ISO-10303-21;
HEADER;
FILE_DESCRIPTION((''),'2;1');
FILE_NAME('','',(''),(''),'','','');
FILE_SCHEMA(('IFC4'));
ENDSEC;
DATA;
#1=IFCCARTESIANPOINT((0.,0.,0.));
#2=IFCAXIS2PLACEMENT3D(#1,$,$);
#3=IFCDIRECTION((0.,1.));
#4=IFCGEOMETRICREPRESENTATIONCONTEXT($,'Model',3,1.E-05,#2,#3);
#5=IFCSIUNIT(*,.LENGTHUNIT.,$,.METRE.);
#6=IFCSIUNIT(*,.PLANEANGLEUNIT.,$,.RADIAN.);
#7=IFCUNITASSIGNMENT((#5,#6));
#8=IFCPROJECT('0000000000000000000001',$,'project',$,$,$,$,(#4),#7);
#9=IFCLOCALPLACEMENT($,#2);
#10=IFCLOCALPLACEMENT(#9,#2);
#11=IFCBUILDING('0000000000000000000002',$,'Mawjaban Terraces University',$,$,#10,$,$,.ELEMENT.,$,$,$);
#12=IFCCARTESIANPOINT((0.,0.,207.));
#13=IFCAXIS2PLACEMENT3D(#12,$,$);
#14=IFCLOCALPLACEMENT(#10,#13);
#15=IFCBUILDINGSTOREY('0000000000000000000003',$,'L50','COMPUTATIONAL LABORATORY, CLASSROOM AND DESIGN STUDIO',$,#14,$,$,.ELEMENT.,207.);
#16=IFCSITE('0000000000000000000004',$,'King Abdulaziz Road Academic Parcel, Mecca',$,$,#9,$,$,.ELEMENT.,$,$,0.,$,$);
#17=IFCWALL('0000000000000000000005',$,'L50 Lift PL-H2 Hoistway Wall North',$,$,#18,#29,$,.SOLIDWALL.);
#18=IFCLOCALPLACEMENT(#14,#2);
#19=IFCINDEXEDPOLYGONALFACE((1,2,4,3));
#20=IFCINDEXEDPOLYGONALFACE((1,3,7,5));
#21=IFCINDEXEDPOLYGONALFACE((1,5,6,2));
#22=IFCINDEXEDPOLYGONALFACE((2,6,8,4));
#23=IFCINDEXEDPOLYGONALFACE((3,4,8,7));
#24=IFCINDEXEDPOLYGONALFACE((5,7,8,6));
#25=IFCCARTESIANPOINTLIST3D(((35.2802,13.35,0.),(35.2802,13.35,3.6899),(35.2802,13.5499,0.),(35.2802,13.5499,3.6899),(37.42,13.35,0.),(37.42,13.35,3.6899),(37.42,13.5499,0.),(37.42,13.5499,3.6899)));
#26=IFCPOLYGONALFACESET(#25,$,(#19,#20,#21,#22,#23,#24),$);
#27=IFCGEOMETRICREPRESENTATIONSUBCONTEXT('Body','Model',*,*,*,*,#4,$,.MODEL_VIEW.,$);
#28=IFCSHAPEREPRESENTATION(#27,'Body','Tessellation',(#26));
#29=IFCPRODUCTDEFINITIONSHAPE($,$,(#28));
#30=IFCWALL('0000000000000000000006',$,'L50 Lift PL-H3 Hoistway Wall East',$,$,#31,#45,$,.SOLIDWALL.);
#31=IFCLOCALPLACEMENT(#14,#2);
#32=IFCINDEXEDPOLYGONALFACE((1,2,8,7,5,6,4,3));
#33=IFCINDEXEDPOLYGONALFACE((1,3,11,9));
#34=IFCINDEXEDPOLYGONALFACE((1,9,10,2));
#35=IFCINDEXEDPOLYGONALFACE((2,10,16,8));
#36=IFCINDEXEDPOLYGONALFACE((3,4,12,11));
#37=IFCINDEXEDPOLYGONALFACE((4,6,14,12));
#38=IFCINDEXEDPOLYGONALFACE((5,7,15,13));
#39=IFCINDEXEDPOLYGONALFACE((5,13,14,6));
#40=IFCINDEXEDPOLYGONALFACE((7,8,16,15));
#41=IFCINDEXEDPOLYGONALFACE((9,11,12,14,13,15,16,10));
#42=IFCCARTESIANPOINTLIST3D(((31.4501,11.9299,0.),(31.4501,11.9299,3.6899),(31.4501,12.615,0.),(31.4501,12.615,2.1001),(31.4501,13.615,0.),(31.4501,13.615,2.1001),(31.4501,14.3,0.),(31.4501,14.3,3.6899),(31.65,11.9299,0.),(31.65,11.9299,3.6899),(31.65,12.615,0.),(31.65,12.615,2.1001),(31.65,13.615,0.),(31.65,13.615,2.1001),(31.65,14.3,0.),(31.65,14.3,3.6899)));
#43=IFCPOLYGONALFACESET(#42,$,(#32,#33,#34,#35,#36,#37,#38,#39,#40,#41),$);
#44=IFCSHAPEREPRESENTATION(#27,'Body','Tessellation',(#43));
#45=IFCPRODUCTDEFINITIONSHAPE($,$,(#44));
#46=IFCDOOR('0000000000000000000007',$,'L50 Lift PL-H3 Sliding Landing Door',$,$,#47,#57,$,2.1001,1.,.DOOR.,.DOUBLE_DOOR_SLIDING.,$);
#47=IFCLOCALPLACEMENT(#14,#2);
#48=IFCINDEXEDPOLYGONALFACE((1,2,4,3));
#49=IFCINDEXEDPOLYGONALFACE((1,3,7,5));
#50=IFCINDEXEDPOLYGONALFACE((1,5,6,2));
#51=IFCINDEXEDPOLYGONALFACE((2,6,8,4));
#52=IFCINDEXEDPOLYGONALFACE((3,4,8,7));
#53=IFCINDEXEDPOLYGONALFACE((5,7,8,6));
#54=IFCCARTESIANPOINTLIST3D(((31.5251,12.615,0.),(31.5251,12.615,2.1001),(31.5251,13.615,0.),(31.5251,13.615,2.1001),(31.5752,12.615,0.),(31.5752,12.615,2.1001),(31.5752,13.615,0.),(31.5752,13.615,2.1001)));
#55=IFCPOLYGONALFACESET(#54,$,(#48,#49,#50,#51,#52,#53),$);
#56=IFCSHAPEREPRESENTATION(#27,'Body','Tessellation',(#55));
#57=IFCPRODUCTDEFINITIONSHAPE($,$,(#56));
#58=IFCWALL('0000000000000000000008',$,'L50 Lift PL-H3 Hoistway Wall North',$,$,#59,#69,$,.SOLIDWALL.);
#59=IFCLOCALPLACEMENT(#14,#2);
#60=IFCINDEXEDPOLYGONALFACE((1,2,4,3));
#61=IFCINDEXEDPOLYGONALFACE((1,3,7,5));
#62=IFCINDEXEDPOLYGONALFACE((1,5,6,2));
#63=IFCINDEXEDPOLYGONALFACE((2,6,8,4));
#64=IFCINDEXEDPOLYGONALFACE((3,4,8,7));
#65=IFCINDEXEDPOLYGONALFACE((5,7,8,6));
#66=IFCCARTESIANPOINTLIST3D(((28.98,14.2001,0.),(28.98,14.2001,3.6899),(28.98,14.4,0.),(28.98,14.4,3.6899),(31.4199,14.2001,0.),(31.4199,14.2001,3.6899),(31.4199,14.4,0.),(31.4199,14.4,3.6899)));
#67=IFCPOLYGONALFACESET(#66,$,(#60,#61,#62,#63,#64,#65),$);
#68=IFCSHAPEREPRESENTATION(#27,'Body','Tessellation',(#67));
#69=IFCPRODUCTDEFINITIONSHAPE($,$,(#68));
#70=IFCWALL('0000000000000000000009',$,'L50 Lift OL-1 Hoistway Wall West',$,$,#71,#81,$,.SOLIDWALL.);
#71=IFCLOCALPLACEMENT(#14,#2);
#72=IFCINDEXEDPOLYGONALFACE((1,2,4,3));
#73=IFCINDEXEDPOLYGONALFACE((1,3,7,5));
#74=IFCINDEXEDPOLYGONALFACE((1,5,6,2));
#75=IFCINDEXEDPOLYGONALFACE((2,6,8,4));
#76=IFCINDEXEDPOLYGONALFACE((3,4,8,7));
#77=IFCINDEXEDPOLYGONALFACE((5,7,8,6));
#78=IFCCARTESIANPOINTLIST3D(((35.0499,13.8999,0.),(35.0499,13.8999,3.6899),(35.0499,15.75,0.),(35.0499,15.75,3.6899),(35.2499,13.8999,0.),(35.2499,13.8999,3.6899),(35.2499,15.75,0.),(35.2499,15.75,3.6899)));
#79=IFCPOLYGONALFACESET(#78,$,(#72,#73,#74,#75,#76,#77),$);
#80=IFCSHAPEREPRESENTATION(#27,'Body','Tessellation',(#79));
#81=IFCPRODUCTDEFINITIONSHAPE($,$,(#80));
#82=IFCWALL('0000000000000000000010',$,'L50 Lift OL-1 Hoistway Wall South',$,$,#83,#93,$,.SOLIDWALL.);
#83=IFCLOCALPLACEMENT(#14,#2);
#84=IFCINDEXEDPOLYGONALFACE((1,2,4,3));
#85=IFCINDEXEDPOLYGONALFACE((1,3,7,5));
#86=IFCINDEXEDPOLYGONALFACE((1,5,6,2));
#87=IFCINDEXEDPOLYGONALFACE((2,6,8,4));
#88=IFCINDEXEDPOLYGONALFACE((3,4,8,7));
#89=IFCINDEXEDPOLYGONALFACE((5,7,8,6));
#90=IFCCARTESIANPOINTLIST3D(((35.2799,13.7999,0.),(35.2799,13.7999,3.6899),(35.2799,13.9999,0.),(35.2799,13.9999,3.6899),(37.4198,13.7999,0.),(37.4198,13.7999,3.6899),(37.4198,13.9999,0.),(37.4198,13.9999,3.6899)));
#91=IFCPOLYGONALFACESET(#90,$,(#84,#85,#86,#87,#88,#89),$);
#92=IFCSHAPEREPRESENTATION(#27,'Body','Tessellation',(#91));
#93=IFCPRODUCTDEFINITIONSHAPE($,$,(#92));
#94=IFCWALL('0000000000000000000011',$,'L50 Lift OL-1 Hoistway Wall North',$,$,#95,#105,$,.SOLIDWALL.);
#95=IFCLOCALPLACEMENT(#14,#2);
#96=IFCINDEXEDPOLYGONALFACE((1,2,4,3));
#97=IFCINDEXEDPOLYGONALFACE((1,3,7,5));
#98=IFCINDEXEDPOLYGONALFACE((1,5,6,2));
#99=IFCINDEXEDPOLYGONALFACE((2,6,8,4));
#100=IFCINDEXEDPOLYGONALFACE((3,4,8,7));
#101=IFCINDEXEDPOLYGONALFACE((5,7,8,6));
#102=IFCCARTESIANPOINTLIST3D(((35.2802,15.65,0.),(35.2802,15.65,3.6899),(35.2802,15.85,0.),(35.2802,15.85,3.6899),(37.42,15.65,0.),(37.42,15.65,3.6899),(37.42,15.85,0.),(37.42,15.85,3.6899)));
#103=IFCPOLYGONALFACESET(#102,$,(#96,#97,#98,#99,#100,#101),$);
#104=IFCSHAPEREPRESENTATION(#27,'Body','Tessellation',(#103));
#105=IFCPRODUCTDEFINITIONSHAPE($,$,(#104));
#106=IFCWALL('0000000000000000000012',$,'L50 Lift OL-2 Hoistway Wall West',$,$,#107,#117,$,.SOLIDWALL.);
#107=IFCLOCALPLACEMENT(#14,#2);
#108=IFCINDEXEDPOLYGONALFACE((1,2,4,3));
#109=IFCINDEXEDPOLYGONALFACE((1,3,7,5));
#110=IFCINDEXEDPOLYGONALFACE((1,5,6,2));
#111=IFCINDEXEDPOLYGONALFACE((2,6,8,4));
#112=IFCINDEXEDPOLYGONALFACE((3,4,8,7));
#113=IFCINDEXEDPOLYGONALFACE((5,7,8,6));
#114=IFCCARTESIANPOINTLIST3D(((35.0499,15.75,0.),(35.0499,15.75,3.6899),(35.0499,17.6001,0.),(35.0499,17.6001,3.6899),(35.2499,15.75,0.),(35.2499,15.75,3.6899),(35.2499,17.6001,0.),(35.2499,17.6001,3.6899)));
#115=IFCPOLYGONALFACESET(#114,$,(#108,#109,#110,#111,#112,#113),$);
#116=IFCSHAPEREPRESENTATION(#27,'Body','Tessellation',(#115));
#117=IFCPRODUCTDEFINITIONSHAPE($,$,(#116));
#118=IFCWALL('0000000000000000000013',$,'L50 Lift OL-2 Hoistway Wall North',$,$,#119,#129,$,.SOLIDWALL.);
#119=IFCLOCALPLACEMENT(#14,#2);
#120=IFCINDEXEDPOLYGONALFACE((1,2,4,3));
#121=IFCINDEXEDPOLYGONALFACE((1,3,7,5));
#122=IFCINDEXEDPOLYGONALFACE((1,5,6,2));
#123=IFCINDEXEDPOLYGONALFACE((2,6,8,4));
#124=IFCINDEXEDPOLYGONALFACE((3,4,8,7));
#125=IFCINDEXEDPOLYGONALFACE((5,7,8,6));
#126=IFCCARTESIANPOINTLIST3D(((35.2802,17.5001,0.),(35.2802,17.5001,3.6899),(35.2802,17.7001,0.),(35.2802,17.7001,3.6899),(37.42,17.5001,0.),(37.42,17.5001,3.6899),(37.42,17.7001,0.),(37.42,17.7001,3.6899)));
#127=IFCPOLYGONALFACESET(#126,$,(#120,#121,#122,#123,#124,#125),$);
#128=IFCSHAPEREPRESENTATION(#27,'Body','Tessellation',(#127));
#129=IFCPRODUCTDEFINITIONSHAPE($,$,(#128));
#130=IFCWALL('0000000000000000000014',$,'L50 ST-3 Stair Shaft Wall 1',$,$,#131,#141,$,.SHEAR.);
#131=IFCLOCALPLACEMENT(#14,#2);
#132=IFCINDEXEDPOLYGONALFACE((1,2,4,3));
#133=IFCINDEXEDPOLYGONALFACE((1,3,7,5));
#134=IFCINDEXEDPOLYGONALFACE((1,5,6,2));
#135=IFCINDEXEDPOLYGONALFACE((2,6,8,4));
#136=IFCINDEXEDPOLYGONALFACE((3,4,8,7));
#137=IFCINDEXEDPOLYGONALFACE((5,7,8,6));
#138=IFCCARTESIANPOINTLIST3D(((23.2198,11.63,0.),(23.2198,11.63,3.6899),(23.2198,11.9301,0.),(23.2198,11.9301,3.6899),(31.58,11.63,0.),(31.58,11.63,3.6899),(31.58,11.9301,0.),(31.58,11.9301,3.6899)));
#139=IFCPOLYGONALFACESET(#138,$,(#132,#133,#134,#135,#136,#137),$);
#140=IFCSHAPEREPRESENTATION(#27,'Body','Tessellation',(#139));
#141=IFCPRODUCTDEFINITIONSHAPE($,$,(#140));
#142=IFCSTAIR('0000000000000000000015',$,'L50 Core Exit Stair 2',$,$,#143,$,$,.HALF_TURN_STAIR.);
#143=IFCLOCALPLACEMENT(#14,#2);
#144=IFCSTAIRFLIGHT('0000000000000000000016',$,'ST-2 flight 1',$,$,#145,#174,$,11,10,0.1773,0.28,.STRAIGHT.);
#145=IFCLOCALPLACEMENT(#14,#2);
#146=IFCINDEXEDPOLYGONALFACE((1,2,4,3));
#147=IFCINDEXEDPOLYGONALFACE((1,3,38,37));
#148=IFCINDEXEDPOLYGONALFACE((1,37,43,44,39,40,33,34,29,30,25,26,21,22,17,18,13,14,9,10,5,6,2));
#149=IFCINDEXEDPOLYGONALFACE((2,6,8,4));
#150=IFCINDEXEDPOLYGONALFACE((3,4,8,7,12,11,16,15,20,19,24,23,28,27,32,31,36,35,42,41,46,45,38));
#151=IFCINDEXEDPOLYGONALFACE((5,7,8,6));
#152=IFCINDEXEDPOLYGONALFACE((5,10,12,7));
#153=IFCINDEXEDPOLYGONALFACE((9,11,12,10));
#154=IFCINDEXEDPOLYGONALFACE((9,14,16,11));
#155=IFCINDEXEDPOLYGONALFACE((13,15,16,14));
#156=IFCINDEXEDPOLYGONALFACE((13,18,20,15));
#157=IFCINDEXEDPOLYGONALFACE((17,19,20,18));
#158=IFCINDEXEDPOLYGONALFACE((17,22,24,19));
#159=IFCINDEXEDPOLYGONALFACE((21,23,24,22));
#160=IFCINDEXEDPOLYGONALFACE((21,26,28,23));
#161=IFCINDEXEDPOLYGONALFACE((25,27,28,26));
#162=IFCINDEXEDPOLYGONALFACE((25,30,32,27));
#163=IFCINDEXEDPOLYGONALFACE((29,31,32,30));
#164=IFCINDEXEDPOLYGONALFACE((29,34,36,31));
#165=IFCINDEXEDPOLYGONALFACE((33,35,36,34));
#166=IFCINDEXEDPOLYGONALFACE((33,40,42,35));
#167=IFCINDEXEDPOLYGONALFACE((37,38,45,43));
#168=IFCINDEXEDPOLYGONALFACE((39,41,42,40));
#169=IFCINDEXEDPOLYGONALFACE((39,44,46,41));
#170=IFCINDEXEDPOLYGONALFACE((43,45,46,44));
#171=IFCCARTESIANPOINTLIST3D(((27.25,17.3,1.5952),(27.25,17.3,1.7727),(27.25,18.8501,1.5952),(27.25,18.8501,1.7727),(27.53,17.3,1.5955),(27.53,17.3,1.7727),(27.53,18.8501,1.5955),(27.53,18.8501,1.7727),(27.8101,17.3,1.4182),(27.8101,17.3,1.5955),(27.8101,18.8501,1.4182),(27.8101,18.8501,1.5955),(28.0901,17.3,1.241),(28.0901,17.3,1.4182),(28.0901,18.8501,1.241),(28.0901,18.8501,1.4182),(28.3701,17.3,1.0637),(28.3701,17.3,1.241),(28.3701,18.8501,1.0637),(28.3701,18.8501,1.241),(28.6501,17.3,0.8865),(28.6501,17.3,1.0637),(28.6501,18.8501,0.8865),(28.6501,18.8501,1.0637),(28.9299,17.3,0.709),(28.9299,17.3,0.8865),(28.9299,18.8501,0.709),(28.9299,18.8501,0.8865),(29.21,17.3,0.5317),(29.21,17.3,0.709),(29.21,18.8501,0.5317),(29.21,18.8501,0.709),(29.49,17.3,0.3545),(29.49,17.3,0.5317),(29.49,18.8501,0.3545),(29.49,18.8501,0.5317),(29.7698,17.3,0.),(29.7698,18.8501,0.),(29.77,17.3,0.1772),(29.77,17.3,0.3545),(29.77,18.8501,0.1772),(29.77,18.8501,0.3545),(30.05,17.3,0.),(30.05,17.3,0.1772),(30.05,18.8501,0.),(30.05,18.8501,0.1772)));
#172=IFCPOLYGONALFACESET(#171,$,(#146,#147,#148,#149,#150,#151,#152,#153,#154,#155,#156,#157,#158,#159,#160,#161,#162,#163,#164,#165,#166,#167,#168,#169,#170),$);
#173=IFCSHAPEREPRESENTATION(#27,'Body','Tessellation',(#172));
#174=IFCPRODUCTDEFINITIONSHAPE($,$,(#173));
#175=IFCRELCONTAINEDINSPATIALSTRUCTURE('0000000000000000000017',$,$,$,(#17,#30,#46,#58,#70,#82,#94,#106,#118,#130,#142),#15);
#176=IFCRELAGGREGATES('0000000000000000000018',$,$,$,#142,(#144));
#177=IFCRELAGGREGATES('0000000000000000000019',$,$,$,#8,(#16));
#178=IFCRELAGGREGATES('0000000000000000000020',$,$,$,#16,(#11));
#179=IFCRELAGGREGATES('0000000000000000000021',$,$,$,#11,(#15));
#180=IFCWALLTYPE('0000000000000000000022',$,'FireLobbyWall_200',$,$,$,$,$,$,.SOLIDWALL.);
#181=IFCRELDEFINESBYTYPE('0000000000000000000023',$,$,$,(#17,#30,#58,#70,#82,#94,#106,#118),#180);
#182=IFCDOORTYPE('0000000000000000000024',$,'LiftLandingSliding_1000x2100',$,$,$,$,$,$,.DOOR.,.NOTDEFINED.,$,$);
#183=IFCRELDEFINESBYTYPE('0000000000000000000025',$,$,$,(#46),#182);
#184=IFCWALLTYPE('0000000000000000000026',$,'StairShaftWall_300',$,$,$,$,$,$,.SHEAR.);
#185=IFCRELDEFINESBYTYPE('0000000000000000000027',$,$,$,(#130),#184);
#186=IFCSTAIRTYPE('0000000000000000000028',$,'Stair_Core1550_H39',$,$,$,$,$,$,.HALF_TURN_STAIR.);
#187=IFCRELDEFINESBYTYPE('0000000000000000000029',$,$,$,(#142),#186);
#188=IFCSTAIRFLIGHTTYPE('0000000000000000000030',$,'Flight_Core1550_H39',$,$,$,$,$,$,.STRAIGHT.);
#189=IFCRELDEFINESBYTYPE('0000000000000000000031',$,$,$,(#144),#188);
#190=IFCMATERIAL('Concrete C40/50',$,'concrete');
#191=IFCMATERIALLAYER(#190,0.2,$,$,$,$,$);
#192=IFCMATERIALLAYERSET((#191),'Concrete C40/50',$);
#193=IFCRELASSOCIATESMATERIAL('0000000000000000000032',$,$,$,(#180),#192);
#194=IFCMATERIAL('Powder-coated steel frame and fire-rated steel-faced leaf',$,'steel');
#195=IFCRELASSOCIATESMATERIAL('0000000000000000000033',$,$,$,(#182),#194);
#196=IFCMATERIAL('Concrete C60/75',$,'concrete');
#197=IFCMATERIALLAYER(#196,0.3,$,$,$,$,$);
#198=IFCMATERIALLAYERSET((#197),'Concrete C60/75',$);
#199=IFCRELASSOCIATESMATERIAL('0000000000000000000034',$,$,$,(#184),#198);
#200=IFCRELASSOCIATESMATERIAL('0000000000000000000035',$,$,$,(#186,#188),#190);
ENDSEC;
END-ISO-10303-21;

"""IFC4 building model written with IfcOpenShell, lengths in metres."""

from ifc_helpers import new_model, si_unit, direction, frame, frame_2d, origin, place, context, subcontext, project, spatial, polyline, rectangle, outline, extrude, material, layer, layer_set, type_object, element, fill, aggregate, save


model = new_model("IFC4")

# Units and contexts
model_context = context("Model", 3, precision=1e-05, world=origin(), true_north=direction((0.0, 1.0)))
body_context = subcontext(model_context, "Body", "Model", "MODEL_VIEW")
ifc_project = project(units=[si_unit("LENGTHUNIT", "METRE"), si_unit("PLANEANGLEUNIT", "RADIAN")], contexts=[model_context])

# Site, building, storey
site_placement = place(None, origin())
site = spatial("IfcSite", under=ifc_project, at=site_placement, Name="King Abdulaziz Road Academic Parcel, Mecca", CompositionType="ELEMENT", RefElevation=0.0)
building_placement = place(site_placement, origin())
building = spatial("IfcBuilding", under=site, at=building_placement, Name="Mawjaban Terraces University", CompositionType="ELEMENT")
storey_placement = place(building_placement, frame((0.0, 0.0, 207.0)))
storey = spatial("IfcBuildingStorey", under=building, at=storey_placement, Name="L50", Description="COMPUTATIONAL LABORATORY, CLASSROOM AND DESIGN STUDIO", CompositionType="ELEMENT", Elevation=207.0)

# Shared definitions
ifc_material_1 = material(Name="Concrete C60/75", Category="concrete")

# Shared definitions
ifc_material_2 = material(Name="Concrete C40/50", Category="concrete")
ifc_layer_1 = layer(ifc_material_2, 0.2)
ifc_layer_set_1 = layer_set([ifc_layer_1], Name="Concrete C40/50")
wall_type_1 = type_object("IfcWallType", Name="FireLobbyWall_200", PredefinedType="SOLIDWALL", material=ifc_layer_set_1)
ifc_material_3 = material(Name="Powder-coated steel frame and fire-rated steel-faced leaf", Category="steel")
door_type_1 = type_object("IfcDoorType", Name="LiftLandingSliding_1000x2100", OperationType="NOTDEFINED", PredefinedType="DOOR", material=ifc_material_3)

# Wall
wall_1_placement = place(storey_placement, frame((37.4199, 13.45, 0.0), z_axis=(0.0, 0.0, 1.0), x_axis=(-1.0, 0.0, 0.0)))
element("IfcWall", 1, at=wall_1_placement, inside=storey, type_object=wall_type_1, Name="L50 Lift PL-H2 Hoistway Wall North", PredefinedType="SOLIDWALL", context=body_context, shape_type="SweptSolid", body=[
    extrude(rectangle(XDim=2.1399, YDim=0.2, at=frame_2d((1.0698, 0.0))), origin(), (0.0, 0.0, 1.0), 3.6899),
])

# Wall, opening, door
wall_2_placement = place(storey_placement, frame((31.55, 11.9299, 0.0), z_axis=(0.0, 0.0, 1.0), x_axis=(0.0, 1.0, 0.0)))
wall_2 = element("IfcWall", 2, at=wall_2_placement, inside=storey, type_object=wall_type_1, Name="L50 Lift PL-H3 Hoistway Wall East", PredefinedType="SOLIDWALL", context=body_context, shape_type="SweptSolid", body=[
    extrude(rectangle(XDim=2.3701, YDim=0.2, at=frame_2d((1.1851, 0.0))), origin(), (0.0, 0.0, 1.0), 3.6899),
])
opening_1_placement = place(wall_2_placement, frame((0.6851, 0.0, 0.0)))
opening_1 = element("IfcOpeningElement", 3, at=opening_1_placement, cuts=wall_2, PredefinedType="OPENING", context=body_context, shape_type="SweptSolid", body=[
    extrude(rectangle(XDim=1.0, YDim=2.1001, at=frame_2d((0.5, 1.05))), frame((0.0, 0.1099, 0.0), z_axis=(0.0, -1.0, 0.0), x_axis=(1.0, 0.0, 0.0)), (0.0, 0.0, 1.0), 0.22),
])
door_1_placement = place(opening_1_placement, origin())
door_1 = element("IfcDoor", 4, at=door_1_placement, inside=storey, type_object=door_type_1, Name="L50 Lift PL-H3 Sliding Landing Door", OperationType="DOUBLE_DOOR_SLIDING", OverallHeight=2.1001, OverallWidth=1.0, PredefinedType="DOOR", context=body_context, shape_type="SweptSolid", body=[
    extrude(rectangle(XDim=1.0, YDim=2.1001, at=frame_2d((0.5, 1.05))), frame((0.0, 0.0249, 0.0), z_axis=(0.0, -1.0, 0.0), x_axis=(1.0, 0.0, 0.0)), (0.0, 0.0, 1.0), 0.05),
])
fill(opening_1, door_1)

# Walls
wall_3_placement = place(storey_placement, frame((31.4199, 14.3, 0.0), z_axis=(0.0, 0.0, 1.0), x_axis=(-1.0, 0.0, 0.0)))
element("IfcWall", 5, at=wall_3_placement, inside=storey, type_object=wall_type_1, Name="L50 Lift PL-H3 Hoistway Wall North", PredefinedType="SOLIDWALL", context=body_context, shape_type="SweptSolid", body=[
    extrude(rectangle(XDim=2.4399, YDim=0.2, at=frame_2d((1.22, 0.0))), origin(), (0.0, 0.0, 1.0), 3.6899),
])
wall_4_placement = place(storey_placement, frame((35.1499, 15.75, 0.0), z_axis=(0.0, 0.0, 1.0), x_axis=(0.0, -1.0, 0.0)))
element("IfcWall", 6, at=wall_4_placement, inside=storey, type_object=wall_type_1, Name="L50 Lift OL-1 Hoistway Wall West", PredefinedType="SOLIDWALL", context=body_context, shape_type="SweptSolid", body=[
    extrude(rectangle(XDim=1.8501, YDim=0.2, at=frame_2d((0.925, 0.0))), origin(), (0.0, 0.0, 1.0), 3.6899),
])
for number, where, z_axis, x_axis, name in (
    (7, (35.28, 13.8999, 0.0), (0.0, 0.0, 1.0), (1.0, 0.0, 0.0), "L50 Lift OL-1 Hoistway Wall South"),
    (8, (37.4199, 15.75, 0.0), (0.0, 0.0, 1.0), (-1.0, 0.0, 0.0), "L50 Lift OL-1 Hoistway Wall North"),
):
    element("IfcWall", number, at=place(storey_placement, frame(where, z_axis=z_axis, x_axis=x_axis)), inside=storey, type_object=wall_type_1, Name=name, PredefinedType="SOLIDWALL", context=body_context, shape_type="SweptSolid", body=[
        extrude(rectangle(XDim=2.1399, YDim=0.2, at=frame_2d((1.0698, 0.0))), origin(), (0.0, 0.0, 1.0), 3.6899),
    ])
wall_5_placement = place(storey_placement, frame((35.1499, 17.6001, 0.0), z_axis=(0.0, 0.0, 1.0), x_axis=(0.0, -1.0, 0.0)))
element("IfcWall", 9, at=wall_5_placement, inside=storey, type_object=wall_type_1, Name="L50 Lift OL-2 Hoistway Wall West", PredefinedType="SOLIDWALL", context=body_context, shape_type="SweptSolid", body=[
    extrude(rectangle(XDim=1.8501, YDim=0.2, at=frame_2d((0.925, 0.0))), origin(), (0.0, 0.0, 1.0), 3.6899),
])
wall_6_placement = place(storey_placement, frame((37.4199, 17.6001, 0.0), z_axis=(0.0, 0.0, 1.0), x_axis=(-1.0, 0.0, 0.0)))
element("IfcWall", 10, at=wall_6_placement, inside=storey, type_object=wall_type_1, Name="L50 Lift OL-2 Hoistway Wall North", PredefinedType="SOLIDWALL", context=body_context, shape_type="SweptSolid", body=[
    extrude(rectangle(XDim=2.1399, YDim=0.2, at=frame_2d((1.0698, 0.0))), origin(), (0.0, 0.0, 1.0), 3.6899),
])

# Shared definitions
ifc_layer_2 = layer(ifc_material_1, 0.3)
ifc_layer_set_2 = layer_set([ifc_layer_2], Name="Concrete C60/75")
wall_type_2 = type_object("IfcWallType", Name="StairShaftWall_300", PredefinedType="SHEAR", material=ifc_layer_set_2)

# Wall
wall_7_placement = place(storey_placement, frame((31.5801, 11.78, 0.0), z_axis=(0.0, 0.0, 1.0), x_axis=(-1.0, 0.0, 0.0)))
element("IfcWall", 11, at=wall_7_placement, inside=storey, type_object=wall_type_2, Name="L50 ST-3 Stair Shaft Wall 1", PredefinedType="SHEAR", context=body_context, shape_type="SweptSolid", body=[
    extrude(rectangle(XDim=8.3601, YDim=0.3, at=frame_2d((4.1802, 0.0))), origin(), (0.0, 0.0, 1.0), 3.6899),
])

# Stair, stair flight
stair_type = type_object("IfcStairType", Name="Stair_Core1550_H39", PredefinedType="HALF_TURN_STAIR", material=ifc_material_2)
stair_placement = place(storey_placement, origin())
stair = element("IfcStair", 12, at=stair_placement, inside=storey, type_object=stair_type, Name="L50 Core Exit Stair 2", PredefinedType="HALF_TURN_STAIR")
stair_flight_type = type_object("IfcStairFlightType", Name="Flight_Core1550_H39", PredefinedType="STRAIGHT", material=ifc_material_2)
stair_flight_placement = place(storey_placement, frame((30.05, 18.075, 0.0), z_axis=(0.0, 0.0, 1.0), x_axis=(-1.0, 0.0, 0.0)))
stair_flight = element("IfcStairFlight", 13, at=stair_flight_placement, type_object=stair_flight_type, Name="ST-2 flight 1", NumberOfRisers=11, NumberOfTreads=10, PredefinedType="STRAIGHT", RiserHeight=0.1773, TreadLength=0.28, context=body_context, shape_type="SweptSolid", body=[
    extrude(outline(polyline([(0.0, 0.0), (0.0, 0.1772), (0.28, 0.1772), (0.28, 0.3545), (0.5601, 0.3545), (0.5601, 0.5317), (0.8401, 0.5317), (0.8401, 0.709), (1.1201, 0.709), (1.1201, 0.8865), (1.3999, 0.8865), (1.3999, 1.0637), (1.6799, 1.0637), (1.6799, 1.241), (1.96, 1.241), (1.96, 1.4182), (2.24, 1.4182), (2.24, 1.5955), (2.52, 1.5955), (2.52, 1.7727), (2.8, 1.7727), (2.8, 1.95), (2.8, 1.5952), (0.2803, 0.0), (0.0, 0.0)])), frame((0.0, 0.7749, 0.0), z_axis=(0.0, -1.0, 0.0), x_axis=(1.0, 0.0, 0.0)), (0.0, 0.0, 1.0), 1.55),
])
aggregate(stair, [stair_flight])

save(model, "model.ifc")
